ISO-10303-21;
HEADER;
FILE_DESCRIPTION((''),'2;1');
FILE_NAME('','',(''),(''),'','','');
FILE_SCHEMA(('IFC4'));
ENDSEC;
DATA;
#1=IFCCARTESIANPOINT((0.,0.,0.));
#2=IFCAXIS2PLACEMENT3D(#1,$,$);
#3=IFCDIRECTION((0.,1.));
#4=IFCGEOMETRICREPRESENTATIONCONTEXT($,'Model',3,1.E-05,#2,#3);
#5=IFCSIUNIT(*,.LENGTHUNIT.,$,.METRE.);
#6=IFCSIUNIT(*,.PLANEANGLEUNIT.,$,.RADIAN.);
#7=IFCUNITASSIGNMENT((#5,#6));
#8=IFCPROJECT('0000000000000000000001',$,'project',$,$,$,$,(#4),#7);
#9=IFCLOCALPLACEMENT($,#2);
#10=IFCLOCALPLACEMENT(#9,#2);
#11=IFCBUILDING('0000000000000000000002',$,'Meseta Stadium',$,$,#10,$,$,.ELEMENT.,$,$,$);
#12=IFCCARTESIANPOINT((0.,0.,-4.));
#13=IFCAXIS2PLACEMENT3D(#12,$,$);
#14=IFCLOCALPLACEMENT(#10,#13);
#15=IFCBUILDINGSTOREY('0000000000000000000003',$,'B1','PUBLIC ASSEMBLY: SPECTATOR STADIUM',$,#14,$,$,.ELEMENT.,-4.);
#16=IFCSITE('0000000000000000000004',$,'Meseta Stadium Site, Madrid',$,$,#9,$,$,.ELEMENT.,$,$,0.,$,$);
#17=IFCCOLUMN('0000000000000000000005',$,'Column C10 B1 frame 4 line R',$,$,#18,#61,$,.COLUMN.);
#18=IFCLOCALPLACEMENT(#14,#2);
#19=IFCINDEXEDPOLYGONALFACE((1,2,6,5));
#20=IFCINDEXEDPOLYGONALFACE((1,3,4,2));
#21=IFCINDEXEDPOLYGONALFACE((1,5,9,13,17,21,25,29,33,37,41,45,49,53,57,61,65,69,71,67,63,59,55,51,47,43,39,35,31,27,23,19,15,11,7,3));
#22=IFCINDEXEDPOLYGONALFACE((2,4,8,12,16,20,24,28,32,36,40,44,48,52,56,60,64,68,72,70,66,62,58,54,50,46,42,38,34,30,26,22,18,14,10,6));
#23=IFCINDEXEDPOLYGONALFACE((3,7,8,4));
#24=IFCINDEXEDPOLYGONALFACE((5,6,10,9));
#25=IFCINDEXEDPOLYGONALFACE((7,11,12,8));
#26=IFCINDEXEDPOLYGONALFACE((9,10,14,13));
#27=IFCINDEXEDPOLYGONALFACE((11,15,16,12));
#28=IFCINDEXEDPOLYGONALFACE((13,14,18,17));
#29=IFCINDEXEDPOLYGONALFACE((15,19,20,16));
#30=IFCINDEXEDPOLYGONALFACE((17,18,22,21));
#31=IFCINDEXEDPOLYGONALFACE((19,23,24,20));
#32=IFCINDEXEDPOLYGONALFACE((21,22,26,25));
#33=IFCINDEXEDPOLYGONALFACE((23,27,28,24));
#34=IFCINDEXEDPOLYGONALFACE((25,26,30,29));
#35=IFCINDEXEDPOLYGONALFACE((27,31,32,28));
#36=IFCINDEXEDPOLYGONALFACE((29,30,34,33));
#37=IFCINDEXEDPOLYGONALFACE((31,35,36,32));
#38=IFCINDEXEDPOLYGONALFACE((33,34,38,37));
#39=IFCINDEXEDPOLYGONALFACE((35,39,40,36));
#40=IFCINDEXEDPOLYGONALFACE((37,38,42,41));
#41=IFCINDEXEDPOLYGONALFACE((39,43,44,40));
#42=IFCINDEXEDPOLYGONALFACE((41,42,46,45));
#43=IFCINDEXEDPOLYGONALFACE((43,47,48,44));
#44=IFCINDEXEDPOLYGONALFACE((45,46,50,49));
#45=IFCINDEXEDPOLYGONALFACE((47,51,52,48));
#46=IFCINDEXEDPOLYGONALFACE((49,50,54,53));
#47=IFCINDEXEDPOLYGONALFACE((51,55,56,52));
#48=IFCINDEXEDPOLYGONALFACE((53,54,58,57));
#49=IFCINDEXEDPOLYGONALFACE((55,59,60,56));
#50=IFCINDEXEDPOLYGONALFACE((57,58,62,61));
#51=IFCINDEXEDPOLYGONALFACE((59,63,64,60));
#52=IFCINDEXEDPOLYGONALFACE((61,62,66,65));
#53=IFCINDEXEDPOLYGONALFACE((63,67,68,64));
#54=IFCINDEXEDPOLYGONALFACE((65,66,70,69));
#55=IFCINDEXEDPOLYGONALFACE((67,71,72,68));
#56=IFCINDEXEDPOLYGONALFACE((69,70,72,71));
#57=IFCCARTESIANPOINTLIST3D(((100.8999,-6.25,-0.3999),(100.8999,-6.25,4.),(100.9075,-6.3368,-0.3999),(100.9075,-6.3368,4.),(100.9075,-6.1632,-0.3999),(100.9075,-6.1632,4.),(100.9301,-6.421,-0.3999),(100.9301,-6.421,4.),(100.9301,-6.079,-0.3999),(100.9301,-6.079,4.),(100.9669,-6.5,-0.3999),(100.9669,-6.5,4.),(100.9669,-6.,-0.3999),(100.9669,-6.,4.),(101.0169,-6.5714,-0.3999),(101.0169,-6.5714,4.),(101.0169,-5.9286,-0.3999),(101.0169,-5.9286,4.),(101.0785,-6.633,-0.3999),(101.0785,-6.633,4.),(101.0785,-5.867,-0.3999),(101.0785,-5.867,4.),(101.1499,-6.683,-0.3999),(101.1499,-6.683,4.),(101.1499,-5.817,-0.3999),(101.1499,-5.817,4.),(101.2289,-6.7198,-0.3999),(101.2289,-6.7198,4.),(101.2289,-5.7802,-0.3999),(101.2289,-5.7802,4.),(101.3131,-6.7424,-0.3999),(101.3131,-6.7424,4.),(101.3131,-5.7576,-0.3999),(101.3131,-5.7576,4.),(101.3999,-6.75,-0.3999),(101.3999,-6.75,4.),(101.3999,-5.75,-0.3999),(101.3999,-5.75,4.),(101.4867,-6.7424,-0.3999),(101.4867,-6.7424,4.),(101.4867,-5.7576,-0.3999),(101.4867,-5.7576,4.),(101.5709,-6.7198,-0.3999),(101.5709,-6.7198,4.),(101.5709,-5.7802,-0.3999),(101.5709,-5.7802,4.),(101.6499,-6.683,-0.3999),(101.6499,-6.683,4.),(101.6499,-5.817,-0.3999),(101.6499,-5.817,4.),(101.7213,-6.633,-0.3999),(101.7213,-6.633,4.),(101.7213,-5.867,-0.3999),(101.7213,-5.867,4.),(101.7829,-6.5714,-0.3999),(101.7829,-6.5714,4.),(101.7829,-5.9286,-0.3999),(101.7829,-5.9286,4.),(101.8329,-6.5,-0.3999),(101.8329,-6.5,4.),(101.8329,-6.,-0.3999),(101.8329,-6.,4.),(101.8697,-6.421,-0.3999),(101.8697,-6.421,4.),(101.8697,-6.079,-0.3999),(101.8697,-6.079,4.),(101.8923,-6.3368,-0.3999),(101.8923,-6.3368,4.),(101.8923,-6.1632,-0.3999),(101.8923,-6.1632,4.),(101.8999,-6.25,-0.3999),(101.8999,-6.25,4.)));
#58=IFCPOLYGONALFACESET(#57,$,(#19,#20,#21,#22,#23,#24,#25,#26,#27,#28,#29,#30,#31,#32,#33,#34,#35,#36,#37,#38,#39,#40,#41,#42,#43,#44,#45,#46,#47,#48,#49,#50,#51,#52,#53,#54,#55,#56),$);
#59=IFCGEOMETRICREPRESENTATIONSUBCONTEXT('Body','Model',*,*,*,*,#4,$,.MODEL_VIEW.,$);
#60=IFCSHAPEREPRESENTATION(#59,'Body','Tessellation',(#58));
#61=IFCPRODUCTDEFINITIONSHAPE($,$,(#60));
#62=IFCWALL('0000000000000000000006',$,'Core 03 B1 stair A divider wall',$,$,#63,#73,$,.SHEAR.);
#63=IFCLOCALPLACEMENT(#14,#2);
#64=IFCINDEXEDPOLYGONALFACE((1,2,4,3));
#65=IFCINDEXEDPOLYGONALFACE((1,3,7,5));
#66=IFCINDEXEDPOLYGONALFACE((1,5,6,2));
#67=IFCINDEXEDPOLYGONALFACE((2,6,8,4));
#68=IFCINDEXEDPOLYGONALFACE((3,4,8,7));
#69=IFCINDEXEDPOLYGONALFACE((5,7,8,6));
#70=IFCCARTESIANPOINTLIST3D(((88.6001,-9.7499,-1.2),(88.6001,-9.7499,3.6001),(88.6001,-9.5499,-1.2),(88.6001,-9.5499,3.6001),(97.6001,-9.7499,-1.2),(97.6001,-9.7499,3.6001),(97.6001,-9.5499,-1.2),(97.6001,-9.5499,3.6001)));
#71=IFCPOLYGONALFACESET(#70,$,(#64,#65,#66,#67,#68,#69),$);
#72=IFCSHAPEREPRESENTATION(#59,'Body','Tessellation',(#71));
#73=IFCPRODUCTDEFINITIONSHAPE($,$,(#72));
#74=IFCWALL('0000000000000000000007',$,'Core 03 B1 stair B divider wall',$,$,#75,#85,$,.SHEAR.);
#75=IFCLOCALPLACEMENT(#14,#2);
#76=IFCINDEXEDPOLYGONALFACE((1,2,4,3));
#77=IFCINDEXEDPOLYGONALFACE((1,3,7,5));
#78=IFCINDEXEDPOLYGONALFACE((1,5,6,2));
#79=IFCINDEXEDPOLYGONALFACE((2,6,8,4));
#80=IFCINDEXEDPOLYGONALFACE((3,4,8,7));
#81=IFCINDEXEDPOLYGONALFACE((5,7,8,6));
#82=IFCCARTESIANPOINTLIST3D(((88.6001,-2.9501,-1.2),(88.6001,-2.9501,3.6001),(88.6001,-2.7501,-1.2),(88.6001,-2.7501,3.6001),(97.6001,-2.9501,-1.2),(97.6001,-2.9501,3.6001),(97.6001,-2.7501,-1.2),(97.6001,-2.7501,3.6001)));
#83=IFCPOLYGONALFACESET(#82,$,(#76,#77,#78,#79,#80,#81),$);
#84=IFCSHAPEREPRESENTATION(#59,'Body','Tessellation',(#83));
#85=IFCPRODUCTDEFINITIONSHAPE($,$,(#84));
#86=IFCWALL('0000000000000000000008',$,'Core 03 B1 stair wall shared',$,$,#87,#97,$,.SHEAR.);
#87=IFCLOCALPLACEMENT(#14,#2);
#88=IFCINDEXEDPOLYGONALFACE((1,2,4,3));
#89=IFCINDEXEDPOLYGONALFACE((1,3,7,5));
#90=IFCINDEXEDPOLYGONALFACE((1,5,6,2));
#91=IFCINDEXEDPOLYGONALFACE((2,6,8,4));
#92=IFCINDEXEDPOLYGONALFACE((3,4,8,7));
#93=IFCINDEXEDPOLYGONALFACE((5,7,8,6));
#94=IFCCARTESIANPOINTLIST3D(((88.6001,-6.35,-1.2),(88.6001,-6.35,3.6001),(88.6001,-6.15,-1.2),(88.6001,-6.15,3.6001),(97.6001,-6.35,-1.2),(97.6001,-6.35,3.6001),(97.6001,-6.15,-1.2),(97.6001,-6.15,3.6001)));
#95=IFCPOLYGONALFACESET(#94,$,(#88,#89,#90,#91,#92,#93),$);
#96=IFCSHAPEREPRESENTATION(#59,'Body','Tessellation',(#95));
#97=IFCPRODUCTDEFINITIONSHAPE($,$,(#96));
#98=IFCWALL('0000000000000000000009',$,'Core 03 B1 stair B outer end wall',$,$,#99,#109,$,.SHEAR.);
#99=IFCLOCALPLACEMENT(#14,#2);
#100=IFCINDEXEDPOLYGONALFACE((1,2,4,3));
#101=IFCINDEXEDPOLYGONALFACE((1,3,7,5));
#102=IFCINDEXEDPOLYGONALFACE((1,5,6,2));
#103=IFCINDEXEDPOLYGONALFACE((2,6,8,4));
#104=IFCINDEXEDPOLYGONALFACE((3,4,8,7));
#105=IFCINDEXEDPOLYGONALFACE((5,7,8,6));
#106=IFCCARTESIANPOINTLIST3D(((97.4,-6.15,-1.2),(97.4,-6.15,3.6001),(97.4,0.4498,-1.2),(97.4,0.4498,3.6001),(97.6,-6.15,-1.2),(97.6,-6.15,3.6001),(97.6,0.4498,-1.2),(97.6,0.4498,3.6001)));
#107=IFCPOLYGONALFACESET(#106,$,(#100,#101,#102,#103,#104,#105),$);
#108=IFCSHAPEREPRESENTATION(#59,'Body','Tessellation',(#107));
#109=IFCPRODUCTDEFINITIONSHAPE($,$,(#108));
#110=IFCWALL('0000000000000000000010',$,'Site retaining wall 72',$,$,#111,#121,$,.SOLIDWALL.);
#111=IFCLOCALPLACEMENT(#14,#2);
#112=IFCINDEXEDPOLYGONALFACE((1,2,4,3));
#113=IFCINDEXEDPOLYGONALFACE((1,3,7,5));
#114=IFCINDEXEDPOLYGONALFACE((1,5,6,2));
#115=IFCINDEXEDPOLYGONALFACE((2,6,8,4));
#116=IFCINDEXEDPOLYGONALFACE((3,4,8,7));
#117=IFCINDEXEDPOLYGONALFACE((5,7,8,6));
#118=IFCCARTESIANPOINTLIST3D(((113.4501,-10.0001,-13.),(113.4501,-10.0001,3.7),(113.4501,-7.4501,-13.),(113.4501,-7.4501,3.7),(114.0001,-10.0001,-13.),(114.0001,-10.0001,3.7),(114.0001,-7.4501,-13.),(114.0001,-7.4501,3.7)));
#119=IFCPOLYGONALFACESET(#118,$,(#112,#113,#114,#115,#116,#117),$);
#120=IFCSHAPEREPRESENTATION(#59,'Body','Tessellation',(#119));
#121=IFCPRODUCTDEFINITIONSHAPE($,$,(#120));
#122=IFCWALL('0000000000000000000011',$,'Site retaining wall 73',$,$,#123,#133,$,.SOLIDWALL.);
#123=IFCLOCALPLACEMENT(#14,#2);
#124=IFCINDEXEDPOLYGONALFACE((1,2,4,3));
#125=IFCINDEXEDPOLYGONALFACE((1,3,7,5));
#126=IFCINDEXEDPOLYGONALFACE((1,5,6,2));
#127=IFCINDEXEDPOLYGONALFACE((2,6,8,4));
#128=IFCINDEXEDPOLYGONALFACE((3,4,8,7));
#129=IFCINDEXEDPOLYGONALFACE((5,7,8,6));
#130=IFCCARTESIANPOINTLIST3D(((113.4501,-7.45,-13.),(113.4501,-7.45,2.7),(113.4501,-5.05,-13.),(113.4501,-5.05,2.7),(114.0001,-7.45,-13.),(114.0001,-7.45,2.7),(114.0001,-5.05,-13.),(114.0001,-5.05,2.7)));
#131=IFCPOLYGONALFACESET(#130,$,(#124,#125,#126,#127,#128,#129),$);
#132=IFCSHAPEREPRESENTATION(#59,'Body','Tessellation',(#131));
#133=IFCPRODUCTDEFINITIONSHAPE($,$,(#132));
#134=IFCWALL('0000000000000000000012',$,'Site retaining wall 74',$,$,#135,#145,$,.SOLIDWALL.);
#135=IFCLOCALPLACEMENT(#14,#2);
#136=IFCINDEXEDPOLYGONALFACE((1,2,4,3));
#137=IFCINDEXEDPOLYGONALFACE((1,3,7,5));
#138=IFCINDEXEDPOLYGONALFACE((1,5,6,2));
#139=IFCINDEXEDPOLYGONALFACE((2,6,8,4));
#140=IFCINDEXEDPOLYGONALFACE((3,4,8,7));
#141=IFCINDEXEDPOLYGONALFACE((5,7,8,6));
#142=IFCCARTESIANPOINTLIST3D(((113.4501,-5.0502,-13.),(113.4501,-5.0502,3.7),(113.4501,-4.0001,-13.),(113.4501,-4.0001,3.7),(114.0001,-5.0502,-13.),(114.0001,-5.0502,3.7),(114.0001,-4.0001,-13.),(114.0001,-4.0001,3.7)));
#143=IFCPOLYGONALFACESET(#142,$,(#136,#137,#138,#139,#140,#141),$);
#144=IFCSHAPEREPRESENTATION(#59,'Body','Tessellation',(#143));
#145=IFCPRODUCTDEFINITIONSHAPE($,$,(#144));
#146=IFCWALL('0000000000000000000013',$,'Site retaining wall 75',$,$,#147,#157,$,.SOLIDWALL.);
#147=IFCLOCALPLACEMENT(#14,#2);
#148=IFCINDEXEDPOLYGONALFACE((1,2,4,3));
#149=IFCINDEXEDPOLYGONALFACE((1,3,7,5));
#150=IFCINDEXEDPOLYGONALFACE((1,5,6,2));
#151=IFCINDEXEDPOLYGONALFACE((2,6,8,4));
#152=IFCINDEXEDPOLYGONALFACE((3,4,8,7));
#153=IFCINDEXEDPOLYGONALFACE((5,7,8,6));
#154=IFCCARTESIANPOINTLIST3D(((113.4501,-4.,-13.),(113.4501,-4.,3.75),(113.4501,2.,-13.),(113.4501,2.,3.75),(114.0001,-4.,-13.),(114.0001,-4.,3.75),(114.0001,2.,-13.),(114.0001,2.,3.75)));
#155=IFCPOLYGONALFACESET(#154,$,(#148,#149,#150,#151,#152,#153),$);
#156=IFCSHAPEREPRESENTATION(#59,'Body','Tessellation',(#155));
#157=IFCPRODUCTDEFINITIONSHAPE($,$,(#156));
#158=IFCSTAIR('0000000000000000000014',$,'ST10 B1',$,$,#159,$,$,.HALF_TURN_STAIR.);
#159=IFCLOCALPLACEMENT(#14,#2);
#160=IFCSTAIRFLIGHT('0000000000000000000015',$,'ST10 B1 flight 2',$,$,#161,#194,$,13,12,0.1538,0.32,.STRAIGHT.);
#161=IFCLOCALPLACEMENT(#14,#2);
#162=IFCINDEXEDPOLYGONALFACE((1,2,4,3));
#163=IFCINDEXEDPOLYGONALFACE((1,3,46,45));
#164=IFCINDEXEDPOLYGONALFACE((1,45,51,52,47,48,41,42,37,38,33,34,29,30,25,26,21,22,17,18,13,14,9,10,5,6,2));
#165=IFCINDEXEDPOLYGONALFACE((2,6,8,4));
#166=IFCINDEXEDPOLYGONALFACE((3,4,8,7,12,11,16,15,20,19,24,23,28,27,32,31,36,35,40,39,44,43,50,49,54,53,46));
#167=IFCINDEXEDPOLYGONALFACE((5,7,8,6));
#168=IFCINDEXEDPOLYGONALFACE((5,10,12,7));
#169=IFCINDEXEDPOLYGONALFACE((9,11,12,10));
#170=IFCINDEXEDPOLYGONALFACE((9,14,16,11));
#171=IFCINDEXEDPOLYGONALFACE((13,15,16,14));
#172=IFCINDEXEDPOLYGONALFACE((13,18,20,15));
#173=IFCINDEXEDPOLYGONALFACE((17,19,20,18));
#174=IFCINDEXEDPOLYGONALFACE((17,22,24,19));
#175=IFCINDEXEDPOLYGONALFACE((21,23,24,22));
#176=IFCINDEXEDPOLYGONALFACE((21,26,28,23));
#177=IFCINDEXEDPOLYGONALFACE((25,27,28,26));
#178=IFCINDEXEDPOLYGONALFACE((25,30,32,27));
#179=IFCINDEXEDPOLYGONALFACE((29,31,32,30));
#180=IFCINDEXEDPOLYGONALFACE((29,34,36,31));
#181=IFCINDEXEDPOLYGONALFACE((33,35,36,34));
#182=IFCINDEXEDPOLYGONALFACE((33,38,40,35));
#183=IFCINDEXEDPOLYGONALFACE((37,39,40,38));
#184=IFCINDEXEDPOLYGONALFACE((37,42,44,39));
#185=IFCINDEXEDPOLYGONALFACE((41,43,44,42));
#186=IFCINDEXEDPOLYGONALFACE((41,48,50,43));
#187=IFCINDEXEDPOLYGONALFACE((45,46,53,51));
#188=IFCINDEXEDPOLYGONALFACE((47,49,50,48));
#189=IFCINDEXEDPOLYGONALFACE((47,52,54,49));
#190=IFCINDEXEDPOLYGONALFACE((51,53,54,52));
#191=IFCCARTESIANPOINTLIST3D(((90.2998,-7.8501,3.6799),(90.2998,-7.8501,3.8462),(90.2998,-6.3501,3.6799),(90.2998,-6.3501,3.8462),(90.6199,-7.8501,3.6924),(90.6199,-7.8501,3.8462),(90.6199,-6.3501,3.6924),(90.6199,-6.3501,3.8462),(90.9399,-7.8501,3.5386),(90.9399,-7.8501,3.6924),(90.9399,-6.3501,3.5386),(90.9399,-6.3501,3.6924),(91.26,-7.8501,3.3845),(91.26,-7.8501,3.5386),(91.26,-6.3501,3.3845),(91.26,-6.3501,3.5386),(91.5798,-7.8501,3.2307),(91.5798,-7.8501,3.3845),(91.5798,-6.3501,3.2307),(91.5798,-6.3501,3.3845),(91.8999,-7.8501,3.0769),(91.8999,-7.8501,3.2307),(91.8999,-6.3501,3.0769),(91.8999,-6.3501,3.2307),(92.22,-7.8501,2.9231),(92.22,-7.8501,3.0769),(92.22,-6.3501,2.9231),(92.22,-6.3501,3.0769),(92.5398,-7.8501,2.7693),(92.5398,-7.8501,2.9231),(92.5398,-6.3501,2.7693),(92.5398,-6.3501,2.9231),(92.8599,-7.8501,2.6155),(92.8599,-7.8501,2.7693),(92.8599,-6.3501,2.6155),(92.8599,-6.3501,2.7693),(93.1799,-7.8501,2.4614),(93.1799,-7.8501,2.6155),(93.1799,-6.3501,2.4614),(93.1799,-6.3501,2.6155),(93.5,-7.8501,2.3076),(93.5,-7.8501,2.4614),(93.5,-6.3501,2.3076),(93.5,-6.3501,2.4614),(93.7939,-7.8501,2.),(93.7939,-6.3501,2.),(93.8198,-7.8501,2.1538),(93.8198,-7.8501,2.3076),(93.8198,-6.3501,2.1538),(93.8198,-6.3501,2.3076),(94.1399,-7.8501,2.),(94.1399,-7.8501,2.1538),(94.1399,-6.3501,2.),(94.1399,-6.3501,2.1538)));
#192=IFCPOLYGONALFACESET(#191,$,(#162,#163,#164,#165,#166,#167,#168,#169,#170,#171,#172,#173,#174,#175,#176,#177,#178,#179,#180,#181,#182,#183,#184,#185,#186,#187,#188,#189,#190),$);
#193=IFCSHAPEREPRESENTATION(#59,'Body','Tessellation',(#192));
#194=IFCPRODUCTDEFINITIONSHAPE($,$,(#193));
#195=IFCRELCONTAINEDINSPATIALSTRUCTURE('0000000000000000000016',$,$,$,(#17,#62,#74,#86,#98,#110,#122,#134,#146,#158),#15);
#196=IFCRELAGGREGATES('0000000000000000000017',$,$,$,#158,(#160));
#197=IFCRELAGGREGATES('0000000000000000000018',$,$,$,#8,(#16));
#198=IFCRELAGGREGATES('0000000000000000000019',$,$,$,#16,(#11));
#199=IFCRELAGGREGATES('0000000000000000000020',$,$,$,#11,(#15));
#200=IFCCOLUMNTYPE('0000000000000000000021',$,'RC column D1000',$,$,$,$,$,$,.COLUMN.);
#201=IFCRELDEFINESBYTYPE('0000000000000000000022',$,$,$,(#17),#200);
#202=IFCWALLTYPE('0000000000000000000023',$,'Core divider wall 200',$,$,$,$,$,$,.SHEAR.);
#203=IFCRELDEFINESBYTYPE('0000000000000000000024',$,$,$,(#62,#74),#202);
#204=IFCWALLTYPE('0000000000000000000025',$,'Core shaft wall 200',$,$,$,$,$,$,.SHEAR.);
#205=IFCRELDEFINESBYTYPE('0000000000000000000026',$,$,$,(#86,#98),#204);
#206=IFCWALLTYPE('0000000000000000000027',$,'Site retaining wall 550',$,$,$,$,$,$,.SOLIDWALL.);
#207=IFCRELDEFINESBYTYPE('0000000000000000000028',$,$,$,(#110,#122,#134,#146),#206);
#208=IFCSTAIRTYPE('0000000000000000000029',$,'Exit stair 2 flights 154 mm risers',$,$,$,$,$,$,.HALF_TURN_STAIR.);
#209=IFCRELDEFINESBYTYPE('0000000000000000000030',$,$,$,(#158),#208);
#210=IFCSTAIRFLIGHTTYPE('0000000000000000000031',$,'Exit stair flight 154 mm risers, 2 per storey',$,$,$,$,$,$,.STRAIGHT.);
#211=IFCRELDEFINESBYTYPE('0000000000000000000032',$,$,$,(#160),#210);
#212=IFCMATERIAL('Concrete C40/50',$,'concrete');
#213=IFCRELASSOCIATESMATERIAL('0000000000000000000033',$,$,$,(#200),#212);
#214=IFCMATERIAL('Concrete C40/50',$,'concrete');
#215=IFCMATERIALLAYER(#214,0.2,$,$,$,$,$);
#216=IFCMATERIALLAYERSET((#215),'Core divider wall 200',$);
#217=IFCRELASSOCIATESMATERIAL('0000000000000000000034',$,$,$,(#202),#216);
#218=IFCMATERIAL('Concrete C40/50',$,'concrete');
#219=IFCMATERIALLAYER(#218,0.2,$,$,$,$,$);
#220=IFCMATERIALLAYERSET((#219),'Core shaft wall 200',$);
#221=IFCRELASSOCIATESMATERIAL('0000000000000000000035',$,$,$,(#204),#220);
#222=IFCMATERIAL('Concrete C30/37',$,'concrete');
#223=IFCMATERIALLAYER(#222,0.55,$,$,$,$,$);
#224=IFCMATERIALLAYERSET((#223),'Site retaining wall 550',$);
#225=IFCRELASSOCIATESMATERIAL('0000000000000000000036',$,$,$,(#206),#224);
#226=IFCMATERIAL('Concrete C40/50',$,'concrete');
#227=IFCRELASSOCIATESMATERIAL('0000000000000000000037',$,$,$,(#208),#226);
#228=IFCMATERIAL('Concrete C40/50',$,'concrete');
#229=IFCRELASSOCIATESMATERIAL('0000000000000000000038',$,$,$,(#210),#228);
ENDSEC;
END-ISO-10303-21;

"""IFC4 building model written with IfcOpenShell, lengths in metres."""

from ifc_helpers import new_model, si_unit, direction, frame, frame_2d, origin, origin_2d, place, context, subcontext, project, spatial, polyline, rectangle, circle, outline, extrude, material, layer, layer_set, material_profile, profile_set, type_object, element, aggregate, save


model = new_model("IFC4")

# Units and contexts
model_context = context("Model", 3, precision=1e-05, world=origin(), true_north=direction((0.0, 1.0)))
body_context = subcontext(model_context, "Body", "Model", "MODEL_VIEW")
ifc_project = project(units=[si_unit("LENGTHUNIT", "METRE"), si_unit("PLANEANGLEUNIT", "RADIAN")], contexts=[model_context])

# Site, building, storey
site_placement = place(None, origin())
site = spatial("IfcSite", under=ifc_project, at=site_placement, Name="Meseta Stadium Site, Madrid", CompositionType="ELEMENT", RefElevation=0.0)
building_placement = place(site_placement, origin())
building = spatial("IfcBuilding", under=site, at=building_placement, Name="Meseta Stadium", CompositionType="ELEMENT")
storey_placement = place(building_placement, frame((0.0, 0.0, -4.0)))
storey = spatial("IfcBuildingStorey", under=building, at=storey_placement, Name="B1", Description="PUBLIC ASSEMBLY: SPECTATOR STADIUM", CompositionType="ELEMENT", Elevation=-4.0)

# Column
ifc_material_1 = material(Name="Concrete C40/50", Category="concrete")
ifc_material_profile = material_profile(ifc_material_1, circle(Radius=0.5, at=origin_2d()), Name="RC D1000")
ifc_profile_set = profile_set([ifc_material_profile], Name="Concrete C40/50")
column_type = type_object("IfcColumnType", Name="RC column D1000", PredefinedType="COLUMN", material=ifc_profile_set)
column_placement = place(storey_placement, frame((101.3999, -6.25, -0.3999), z_axis=(0.0, 0.0, 1.0), x_axis=(1.0, 0.0, 0.0)))
element("IfcColumn", 1, at=column_placement, inside=storey, type_object=column_type, Name="Column C10 B1 frame 4 line R", PredefinedType="COLUMN", context=body_context, shape_type="SweptSolid", body=[
    extrude(circle(Radius=0.5, at=origin_2d()), origin(), (0.0, 0.0, 1.0), 4.3999),
])

# Walls
ifc_material_2 = material(Name="Concrete C40/50", Category="concrete")
ifc_layer_1 = layer(ifc_material_2, 0.2)
ifc_layer_set_1 = layer_set([ifc_layer_1], Name="Core divider wall 200")
wall_type_1 = type_object("IfcWallType", Name="Core divider wall 200", PredefinedType="SHEAR", material=ifc_layer_set_1)
for number, where, z_axis, x_axis, name in (
    (2, (97.6001, -9.6499, -1.2), (0.0, 0.0, 1.0), (-1.0, 0.0, 0.0), "Core 03 B1 stair A divider wall"),
    (3, (97.6001, -2.8501, -1.2), (0.0, 0.0, 1.0), (-1.0, 0.0, 0.0), "Core 03 B1 stair B divider wall"),
):
    element("IfcWall", number, at=place(storey_placement, frame(where, z_axis=z_axis, x_axis=x_axis)), inside=storey, type_object=wall_type_1, Name=name, PredefinedType="SHEAR", context=body_context, shape_type="SweptSolid", body=[
        extrude(rectangle(XDim=9.0, YDim=0.2, at=frame_2d((4.5, 0.0))), origin(), (0.0, 0.0, 1.0), 4.8),
    ])
ifc_material_3 = material(Name="Concrete C40/50", Category="concrete")
ifc_layer_2 = layer(ifc_material_3, 0.2)
ifc_layer_set_2 = layer_set([ifc_layer_2], Name="Core shaft wall 200")
wall_type_2 = type_object("IfcWallType", Name="Core shaft wall 200", PredefinedType="SHEAR", material=ifc_layer_set_2)
wall_1_placement = place(storey_placement, frame((97.6001, -6.25, -1.2), z_axis=(0.0, 0.0, 1.0), x_axis=(-1.0, 0.0, 0.0)))
element("IfcWall", 4, at=wall_1_placement, inside=storey, type_object=wall_type_2, Name="Core 03 B1 stair wall shared", PredefinedType="SHEAR", context=body_context, shape_type="SweptSolid", body=[
    extrude(rectangle(XDim=9.0, YDim=0.2, at=frame_2d((4.5, 0.0))), origin(), (0.0, 0.0, 1.0), 4.8),
])
wall_2_placement = place(storey_placement, frame((97.5, -6.1499, -1.2), z_axis=(0.0, 0.0, 1.0), x_axis=(0.0, 1.0, 0.0)))
element("IfcWall", 5, at=wall_2_placement, inside=storey, type_object=wall_type_2, Name="Core 03 B1 stair B outer end wall", PredefinedType="SHEAR", context=body_context, shape_type="SweptSolid", body=[
    extrude(rectangle(XDim=6.5999, YDim=0.2, at=frame_2d((3.2998, 0.0))), origin(), (0.0, 0.0, 1.0), 4.8),
])
ifc_material_4 = material(Name="Concrete C30/37", Category="concrete")
ifc_layer_3 = layer(ifc_material_4, 0.55)
ifc_layer_set_3 = layer_set([ifc_layer_3], Name="Site retaining wall 550")
wall_type_3 = type_object("IfcWallType", Name="Site retaining wall 550", PredefinedType="SOLIDWALL", material=ifc_layer_set_3)
wall_3_placement = place(storey_placement, frame((113.7251, -10.0, -13.0), z_axis=(0.0, 0.0, 1.0), x_axis=(0.0, 1.0, 0.0)))
element("IfcWall", 6, at=wall_3_placement, inside=storey, type_object=wall_type_3, Name="Site retaining wall 72", PredefinedType="SOLIDWALL", context=body_context, shape_type="SweptSolid", body=[
    extrude(rectangle(XDim=2.55, YDim=0.55, at=frame_2d((1.2749, 0.0))), origin(), (0.0, 0.0, 1.0), 16.7),
])
wall_4_placement = place(storey_placement, frame((113.7251, -7.45, -13.0), z_axis=(0.0, 0.0, 1.0), x_axis=(0.0, 1.0, 0.0)))
element("IfcWall", 7, at=wall_4_placement, inside=storey, type_object=wall_type_3, Name="Site retaining wall 73", PredefinedType="SOLIDWALL", context=body_context, shape_type="SweptSolid", body=[
    extrude(rectangle(XDim=2.3999, YDim=0.55, at=frame_2d((1.2, 0.0))), origin(), (0.0, 0.0, 1.0), 15.7),
])
wall_5_placement = place(storey_placement, frame((113.7251, -5.05, -13.0), z_axis=(0.0, 0.0, 1.0), x_axis=(0.0, 1.0, 0.0)))
element("IfcWall", 8, at=wall_5_placement, inside=storey, type_object=wall_type_3, Name="Site retaining wall 74", PredefinedType="SOLIDWALL", context=body_context, shape_type="SweptSolid", body=[
    extrude(rectangle(XDim=1.05, YDim=0.55, at=frame_2d((0.5249, 0.0))), origin(), (0.0, 0.0, 1.0), 16.7),
])
wall_6_placement = place(storey_placement, frame((113.7251, -4.0, -13.0), z_axis=(0.0, 0.0, 1.0), x_axis=(0.0, 1.0, 0.0)))
element("IfcWall", 9, at=wall_6_placement, inside=storey, type_object=wall_type_3, Name="Site retaining wall 75", PredefinedType="SOLIDWALL", context=body_context, shape_type="SweptSolid", body=[
    extrude(rectangle(XDim=6.0, YDim=0.55, at=frame_2d((3.0, 0.0))), origin(), (0.0, 0.0, 1.0), 16.75),
])

# Stair, stair flight
ifc_material_5 = material(Name="Concrete C40/50", Category="concrete")
stair_type = type_object("IfcStairType", Name="Exit stair 2 flights 154 mm risers", PredefinedType="HALF_TURN_STAIR", material=ifc_material_5)
stair_1_placement = place(storey_placement, origin())
stair_1 = element("IfcStair", 10, at=stair_1_placement, inside=storey, type_object=stair_type, Name="ST10 B1", PredefinedType="HALF_TURN_STAIR")
ifc_material_6 = material(Name="Concrete C40/50", Category="concrete")
stair_flight_type = type_object("IfcStairFlightType", Name="Exit stair flight 154 mm risers, 2 per storey", PredefinedType="STRAIGHT", material=ifc_material_6)
stair_flight_1_placement = place(storey_placement, frame((94.1399, -7.1001, 2.0), z_axis=(0.0, 0.0, 1.0), x_axis=(-1.0, 0.0, 0.0)))
stair_flight_1 = element("IfcStairFlight", 11, at=stair_flight_1_placement, type_object=stair_flight_type, Name="ST10 B1 flight 2", NumberOfRisers=13, NumberOfTreads=12, PredefinedType="STRAIGHT", RiserHeight=0.1538, TreadLength=0.32, context=body_context, shape_type="SweptSolid", body=[
    extrude(outline(polyline([(0.0, 0.0), (0.0, 0.1538), (0.3201, 0.1538), (0.3201, 0.3076), (0.6399, 0.3076), (0.6399, 0.4614), (0.96, 0.4614), (0.96, 0.6155), (1.28, 0.6155), (1.28, 0.7693), (1.6001, 0.7693), (1.6001, 0.9231), (1.9199, 0.9231), (1.9199, 1.0769), (2.24, 1.0769), (2.24, 1.2307), (2.5601, 1.2307), (2.5601, 1.3845), (2.8799, 1.3845), (2.8799, 1.5386), (3.2, 1.5386), (3.2, 1.6924), (3.52, 1.6924), (3.52, 1.8462), (3.8401, 1.8462), (3.8401, 1.6799), (0.3459, 0.0), (0.0, 0.0)])), frame((0.0, 0.75, 0.0), z_axis=(0.0, -1.0, 0.0), x_axis=(1.0, 0.0, 0.0)), (0.0, 0.0, 1.0), 1.5),
])
aggregate(stair_1, [stair_flight_1])

save(model, "model.ifc")
